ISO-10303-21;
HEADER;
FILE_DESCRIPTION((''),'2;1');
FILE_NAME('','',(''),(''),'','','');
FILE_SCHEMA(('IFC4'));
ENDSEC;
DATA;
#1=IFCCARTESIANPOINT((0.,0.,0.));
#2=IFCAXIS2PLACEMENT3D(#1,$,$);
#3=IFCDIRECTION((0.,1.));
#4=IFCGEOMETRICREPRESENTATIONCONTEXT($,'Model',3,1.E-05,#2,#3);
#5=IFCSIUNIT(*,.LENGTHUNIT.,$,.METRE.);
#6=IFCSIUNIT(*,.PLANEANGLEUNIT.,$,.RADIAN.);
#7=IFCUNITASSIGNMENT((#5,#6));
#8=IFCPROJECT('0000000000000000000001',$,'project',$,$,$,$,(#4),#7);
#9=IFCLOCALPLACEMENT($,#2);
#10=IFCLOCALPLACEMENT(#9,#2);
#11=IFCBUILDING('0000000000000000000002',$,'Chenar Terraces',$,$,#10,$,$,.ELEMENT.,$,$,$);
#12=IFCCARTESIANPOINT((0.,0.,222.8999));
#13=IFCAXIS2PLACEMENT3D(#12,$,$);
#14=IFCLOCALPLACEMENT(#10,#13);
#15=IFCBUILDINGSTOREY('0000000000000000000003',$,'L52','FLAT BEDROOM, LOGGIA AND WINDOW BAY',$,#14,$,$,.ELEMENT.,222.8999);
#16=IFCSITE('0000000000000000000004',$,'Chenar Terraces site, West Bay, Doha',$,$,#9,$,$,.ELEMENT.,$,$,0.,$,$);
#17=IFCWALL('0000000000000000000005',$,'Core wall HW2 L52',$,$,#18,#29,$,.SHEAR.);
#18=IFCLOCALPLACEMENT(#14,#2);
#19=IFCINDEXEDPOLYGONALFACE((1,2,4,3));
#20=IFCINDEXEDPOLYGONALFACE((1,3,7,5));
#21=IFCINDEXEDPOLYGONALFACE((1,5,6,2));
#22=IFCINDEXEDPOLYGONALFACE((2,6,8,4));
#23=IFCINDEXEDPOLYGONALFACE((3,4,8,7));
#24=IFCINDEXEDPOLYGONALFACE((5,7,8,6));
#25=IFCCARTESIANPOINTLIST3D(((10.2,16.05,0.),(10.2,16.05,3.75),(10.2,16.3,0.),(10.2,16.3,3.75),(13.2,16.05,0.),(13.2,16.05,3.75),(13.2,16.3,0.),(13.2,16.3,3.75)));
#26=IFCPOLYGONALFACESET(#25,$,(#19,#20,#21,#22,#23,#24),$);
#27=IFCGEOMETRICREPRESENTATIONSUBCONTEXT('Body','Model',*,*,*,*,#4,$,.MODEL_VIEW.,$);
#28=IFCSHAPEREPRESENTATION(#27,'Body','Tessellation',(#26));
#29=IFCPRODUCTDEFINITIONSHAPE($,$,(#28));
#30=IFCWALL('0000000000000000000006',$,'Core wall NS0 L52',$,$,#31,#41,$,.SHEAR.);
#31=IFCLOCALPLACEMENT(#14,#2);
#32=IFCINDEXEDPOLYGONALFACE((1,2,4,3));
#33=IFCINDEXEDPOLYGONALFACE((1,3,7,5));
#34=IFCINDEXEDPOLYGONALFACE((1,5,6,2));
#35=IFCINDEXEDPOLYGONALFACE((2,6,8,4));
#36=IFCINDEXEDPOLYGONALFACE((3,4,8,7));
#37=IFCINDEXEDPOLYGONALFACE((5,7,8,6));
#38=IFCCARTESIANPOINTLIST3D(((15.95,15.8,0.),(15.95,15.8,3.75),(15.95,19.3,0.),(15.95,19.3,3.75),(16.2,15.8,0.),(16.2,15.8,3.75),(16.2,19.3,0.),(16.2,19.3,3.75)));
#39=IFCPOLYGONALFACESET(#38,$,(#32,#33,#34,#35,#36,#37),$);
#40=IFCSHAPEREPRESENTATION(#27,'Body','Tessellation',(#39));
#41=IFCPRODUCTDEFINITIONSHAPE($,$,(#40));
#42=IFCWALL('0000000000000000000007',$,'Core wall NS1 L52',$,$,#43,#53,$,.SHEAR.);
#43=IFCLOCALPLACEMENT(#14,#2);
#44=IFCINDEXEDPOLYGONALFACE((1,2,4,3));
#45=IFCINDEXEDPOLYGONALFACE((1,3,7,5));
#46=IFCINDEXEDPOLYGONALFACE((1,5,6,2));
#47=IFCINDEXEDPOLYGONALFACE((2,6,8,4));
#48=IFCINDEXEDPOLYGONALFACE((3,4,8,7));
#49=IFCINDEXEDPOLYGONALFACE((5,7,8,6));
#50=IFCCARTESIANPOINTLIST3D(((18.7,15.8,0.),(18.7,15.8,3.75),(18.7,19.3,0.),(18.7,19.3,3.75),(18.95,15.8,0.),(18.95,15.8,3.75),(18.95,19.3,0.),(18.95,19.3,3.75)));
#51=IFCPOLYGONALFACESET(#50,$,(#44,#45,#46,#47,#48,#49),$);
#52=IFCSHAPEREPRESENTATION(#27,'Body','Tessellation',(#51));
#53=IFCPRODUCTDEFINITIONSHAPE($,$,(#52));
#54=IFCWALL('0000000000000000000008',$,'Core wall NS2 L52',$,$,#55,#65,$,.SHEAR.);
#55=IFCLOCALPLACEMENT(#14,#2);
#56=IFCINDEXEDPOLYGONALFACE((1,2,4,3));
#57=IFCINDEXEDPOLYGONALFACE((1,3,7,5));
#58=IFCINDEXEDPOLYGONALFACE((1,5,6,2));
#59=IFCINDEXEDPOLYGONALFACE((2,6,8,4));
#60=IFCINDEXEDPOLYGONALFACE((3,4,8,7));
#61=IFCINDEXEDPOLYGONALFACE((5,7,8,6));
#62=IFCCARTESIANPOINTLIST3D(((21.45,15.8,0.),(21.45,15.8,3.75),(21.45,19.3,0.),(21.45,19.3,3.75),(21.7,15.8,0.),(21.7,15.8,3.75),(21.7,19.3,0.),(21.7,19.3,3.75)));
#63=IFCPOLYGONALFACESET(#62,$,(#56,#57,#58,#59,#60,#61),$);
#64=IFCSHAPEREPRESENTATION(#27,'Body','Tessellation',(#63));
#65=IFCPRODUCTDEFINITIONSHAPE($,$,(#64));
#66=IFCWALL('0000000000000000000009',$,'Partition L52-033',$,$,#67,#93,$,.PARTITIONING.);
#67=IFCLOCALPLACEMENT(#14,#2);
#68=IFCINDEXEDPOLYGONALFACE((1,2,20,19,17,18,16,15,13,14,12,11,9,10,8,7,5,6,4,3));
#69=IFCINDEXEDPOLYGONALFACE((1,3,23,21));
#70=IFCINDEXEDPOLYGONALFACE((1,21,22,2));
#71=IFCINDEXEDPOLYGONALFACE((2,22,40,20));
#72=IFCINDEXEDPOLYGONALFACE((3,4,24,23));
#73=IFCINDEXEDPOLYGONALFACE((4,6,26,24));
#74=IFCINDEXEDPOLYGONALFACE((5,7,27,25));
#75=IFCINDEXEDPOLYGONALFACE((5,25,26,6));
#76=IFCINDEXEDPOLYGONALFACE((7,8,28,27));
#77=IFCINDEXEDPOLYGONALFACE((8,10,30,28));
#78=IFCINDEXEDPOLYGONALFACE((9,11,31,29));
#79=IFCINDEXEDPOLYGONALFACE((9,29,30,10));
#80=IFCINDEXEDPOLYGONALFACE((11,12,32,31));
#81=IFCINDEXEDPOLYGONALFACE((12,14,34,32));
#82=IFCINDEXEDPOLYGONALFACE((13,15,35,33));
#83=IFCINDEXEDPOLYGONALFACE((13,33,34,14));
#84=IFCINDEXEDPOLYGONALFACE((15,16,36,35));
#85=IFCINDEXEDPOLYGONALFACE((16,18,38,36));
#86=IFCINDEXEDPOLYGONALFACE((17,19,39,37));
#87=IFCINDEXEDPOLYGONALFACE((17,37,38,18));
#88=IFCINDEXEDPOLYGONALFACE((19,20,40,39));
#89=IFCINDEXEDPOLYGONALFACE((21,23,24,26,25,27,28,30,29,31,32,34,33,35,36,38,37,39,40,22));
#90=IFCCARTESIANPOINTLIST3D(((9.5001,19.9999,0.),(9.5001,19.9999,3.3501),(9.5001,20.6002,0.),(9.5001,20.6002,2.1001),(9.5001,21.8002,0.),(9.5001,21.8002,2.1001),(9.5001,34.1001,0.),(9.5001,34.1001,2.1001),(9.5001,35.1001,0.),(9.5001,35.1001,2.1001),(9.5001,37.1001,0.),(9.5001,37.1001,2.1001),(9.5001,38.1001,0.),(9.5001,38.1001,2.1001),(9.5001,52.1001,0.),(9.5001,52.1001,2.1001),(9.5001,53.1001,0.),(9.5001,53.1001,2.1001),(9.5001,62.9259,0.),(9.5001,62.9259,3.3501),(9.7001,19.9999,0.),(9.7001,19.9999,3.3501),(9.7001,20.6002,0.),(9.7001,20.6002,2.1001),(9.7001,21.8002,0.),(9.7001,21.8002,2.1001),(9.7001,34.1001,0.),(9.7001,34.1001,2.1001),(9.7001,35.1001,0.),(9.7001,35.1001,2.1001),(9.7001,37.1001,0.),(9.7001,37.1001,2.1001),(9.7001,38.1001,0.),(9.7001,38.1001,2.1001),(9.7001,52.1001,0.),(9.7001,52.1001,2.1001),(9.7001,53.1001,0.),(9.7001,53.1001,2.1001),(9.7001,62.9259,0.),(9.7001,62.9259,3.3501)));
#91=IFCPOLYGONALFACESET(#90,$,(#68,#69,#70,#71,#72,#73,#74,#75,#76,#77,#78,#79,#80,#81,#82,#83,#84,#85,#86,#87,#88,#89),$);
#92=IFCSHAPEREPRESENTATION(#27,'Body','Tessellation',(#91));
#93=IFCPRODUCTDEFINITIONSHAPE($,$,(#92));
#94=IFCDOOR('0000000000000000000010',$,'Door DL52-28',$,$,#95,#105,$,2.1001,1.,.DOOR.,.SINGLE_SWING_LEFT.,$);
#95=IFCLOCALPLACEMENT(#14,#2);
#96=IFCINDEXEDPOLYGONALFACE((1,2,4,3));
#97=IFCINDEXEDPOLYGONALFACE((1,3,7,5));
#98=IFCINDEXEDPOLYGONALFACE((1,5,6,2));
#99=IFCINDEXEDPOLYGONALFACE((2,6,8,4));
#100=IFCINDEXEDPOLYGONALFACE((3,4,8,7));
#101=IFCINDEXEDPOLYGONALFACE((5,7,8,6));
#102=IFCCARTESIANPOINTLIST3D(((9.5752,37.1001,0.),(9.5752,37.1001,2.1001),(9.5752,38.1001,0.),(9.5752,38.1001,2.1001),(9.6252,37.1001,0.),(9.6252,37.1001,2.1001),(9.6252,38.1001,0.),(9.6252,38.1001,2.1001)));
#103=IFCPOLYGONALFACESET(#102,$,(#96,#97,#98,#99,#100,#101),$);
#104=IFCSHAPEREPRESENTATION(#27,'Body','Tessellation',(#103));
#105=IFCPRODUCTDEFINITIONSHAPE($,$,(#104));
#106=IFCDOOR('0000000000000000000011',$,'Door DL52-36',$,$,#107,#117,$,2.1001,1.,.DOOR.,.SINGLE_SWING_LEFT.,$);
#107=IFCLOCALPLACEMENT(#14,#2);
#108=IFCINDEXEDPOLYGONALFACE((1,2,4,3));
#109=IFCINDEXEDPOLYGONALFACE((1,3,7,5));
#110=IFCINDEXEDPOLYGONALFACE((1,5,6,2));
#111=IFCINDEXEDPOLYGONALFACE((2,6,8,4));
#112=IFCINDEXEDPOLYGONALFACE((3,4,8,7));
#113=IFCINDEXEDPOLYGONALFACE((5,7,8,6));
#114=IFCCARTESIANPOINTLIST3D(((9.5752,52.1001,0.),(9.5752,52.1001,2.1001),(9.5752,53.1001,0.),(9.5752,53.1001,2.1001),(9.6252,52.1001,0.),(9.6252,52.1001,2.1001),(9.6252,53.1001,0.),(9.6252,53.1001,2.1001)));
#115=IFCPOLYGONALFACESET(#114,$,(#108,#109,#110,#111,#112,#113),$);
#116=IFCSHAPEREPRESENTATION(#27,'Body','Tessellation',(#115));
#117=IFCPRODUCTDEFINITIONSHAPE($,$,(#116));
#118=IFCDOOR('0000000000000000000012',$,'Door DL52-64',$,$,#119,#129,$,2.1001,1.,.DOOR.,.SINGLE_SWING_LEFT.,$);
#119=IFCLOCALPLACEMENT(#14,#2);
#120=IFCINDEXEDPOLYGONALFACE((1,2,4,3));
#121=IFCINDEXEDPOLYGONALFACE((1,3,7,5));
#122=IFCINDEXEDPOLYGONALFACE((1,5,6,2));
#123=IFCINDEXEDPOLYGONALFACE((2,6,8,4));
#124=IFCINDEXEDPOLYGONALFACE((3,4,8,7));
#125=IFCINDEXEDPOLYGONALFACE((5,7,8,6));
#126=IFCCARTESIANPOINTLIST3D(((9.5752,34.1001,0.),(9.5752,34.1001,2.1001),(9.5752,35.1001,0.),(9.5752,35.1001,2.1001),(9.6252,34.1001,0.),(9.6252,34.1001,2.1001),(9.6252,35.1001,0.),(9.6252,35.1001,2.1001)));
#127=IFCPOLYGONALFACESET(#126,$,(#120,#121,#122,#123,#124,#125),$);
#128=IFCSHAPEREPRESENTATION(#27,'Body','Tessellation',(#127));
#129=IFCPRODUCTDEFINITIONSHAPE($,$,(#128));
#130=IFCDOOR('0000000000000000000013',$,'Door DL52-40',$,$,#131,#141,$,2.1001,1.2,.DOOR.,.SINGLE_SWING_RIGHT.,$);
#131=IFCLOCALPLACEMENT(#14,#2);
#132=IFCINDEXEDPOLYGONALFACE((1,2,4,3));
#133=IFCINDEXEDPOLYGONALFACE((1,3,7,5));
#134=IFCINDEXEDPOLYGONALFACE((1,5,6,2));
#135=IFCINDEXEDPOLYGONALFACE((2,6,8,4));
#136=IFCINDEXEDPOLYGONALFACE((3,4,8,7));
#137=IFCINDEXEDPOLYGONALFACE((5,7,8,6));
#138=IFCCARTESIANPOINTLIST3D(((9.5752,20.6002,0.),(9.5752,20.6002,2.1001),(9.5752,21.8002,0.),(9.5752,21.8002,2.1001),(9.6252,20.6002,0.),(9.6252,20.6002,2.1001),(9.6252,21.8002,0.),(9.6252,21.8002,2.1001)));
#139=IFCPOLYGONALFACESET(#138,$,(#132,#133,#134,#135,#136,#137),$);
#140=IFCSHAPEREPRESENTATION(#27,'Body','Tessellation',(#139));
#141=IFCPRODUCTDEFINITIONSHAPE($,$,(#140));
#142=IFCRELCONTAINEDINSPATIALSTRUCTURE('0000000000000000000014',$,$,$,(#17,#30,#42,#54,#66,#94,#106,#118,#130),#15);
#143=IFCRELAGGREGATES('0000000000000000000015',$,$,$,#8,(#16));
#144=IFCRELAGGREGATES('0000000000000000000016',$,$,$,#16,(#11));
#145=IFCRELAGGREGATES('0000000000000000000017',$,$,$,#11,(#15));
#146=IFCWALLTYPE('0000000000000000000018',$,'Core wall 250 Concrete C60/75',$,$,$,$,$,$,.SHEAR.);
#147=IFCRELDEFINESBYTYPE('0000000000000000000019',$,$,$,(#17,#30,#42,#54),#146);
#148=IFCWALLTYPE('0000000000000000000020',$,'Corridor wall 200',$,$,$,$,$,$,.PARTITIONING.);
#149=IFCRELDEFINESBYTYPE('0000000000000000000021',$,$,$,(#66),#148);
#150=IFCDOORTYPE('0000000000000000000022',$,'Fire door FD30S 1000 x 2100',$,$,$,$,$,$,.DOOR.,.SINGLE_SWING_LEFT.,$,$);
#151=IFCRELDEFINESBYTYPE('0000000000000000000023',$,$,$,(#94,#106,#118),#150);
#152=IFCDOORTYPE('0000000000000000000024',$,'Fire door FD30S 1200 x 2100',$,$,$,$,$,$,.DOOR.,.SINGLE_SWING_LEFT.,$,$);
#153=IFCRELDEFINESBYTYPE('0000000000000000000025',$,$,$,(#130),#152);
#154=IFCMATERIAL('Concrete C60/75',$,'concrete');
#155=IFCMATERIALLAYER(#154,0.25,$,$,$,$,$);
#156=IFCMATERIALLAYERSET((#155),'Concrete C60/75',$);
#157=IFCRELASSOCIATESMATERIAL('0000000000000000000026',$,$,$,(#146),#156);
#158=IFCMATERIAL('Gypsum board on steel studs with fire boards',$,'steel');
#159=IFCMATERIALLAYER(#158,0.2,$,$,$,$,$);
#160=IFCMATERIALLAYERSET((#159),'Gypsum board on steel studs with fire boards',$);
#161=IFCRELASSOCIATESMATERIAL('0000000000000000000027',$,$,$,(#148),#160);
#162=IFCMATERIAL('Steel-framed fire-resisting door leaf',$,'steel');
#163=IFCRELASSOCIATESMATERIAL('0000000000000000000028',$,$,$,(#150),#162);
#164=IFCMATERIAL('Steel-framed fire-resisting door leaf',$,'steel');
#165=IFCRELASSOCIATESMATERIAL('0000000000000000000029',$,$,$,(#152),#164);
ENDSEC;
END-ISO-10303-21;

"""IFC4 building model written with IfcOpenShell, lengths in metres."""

from ifc_helpers import new_model, si_unit, direction, frame, frame_2d, origin, place, context, subcontext, project, spatial, rectangle, extrude, material, layer, layer_set, type_object, element, fill, save


model = new_model("IFC4")

# Units and contexts
model_context = context("Model", 3, precision=1e-05, world=origin(), true_north=direction((0.0, 1.0)))
body_context = subcontext(model_context, "Body", "Model", "MODEL_VIEW")
ifc_project = project(units=[si_unit("LENGTHUNIT", "METRE"), si_unit("PLANEANGLEUNIT", "RADIAN")], contexts=[model_context])

# Site, building, storey
site_placement = place(None, origin())
site = spatial("IfcSite", under=ifc_project, at=site_placement, Name="Chenar Terraces site, West Bay, Doha", CompositionType="ELEMENT", RefElevation=0.0)
building_placement = place(site_placement, origin())
building = spatial("IfcBuilding", under=site, at=building_placement, Name="Chenar Terraces", CompositionType="ELEMENT")
storey_placement = place(building_placement, frame((0.0, 0.0, 222.8999)))
storey = spatial("IfcBuildingStorey", under=building, at=storey_placement, Name="L52", Description="FLAT BEDROOM, LOGGIA AND WINDOW BAY", CompositionType="ELEMENT", Elevation=222.8999)

# Walls
ifc_material_1 = material(Name="Concrete C60/75", Category="concrete")
ifc_layer_1 = layer(ifc_material_1, 0.25)
ifc_layer_set_1 = layer_set([ifc_layer_1], Name="Concrete C60/75")
wall_type_1 = type_object("IfcWallType", Name="Core wall 250 Concrete C60/75", PredefinedType="SHEAR", material=ifc_layer_set_1)
wall_1_placement = place(storey_placement, frame((10.2, 16.175, 0.0), z_axis=(0.0, 0.0, 1.0), x_axis=(1.0, 0.0, 0.0)))
element("IfcWall", 1, at=wall_1_placement, inside=storey, type_object=wall_type_1, Name="Core wall HW2 L52", PredefinedType="SHEAR", context=body_context, shape_type="SweptSolid", body=[
    extrude(rectangle(XDim=3.0, YDim=0.25, at=frame_2d((1.5, 0.0))), origin(), (0.0, 0.0, 1.0), 3.75),
])
for number, where, z_axis, x_axis, name in (
    (2, (16.075, 15.8, 0.0), (0.0, 0.0, 1.0), (0.0, 1.0, 0.0), "Core wall NS0 L52"),
    (3, (18.825, 15.8, 0.0), (0.0, 0.0, 1.0), (0.0, 1.0, 0.0), "Core wall NS1 L52"),
    (4, (21.575, 15.8, 0.0), (0.0, 0.0, 1.0), (0.0, 1.0, 0.0), "Core wall NS2 L52"),
):
    element("IfcWall", number, at=place(storey_placement, frame(where, z_axis=z_axis, x_axis=x_axis)), inside=storey, type_object=wall_type_1, Name=name, PredefinedType="SHEAR", context=body_context, shape_type="SweptSolid", body=[
        extrude(rectangle(XDim=3.5, YDim=0.25, at=frame_2d((1.75, 0.0))), origin(), (0.0, 0.0, 1.0), 3.75),
    ])

# Wall, openings, doors
ifc_material_2 = material(Name="Gypsum board on steel studs with fire boards", Category="steel")
ifc_layer_2 = layer(ifc_material_2, 0.2)
ifc_layer_set_2 = layer_set([ifc_layer_2], Name="Gypsum board on steel studs with fire boards")
wall_type_2 = type_object("IfcWallType", Name="Corridor wall 200", PredefinedType="PARTITIONING", material=ifc_layer_set_2)
wall_2_placement = place(storey_placement, frame((9.6001, 20.0, 0.0), z_axis=(0.0, 0.0, 1.0), x_axis=(0.0, 1.0, 0.0)))
wall_2 = element("IfcWall", 5, at=wall_2_placement, inside=storey, type_object=wall_type_2, Name="Partition L52-033", PredefinedType="PARTITIONING", context=body_context, shape_type="SweptSolid", body=[
    extrude(rectangle(XDim=42.926, YDim=0.2, at=frame_2d((21.4629, 0.0))), origin(), (0.0, 0.0, 1.0), 3.3501),
])
opening_1_placement = place(wall_2_placement, frame((17.1001, 0.0, 0.0)))
opening_1 = element("IfcOpeningElement", 6, at=opening_1_placement, cuts=wall_2, PredefinedType="OPENING", context=body_context, shape_type="SweptSolid", body=[
    extrude(rectangle(XDim=1.0, YDim=2.1001, at=frame_2d((0.5, 1.05))), frame((0.0, 0.1099, 0.0), z_axis=(0.0, -1.0, 0.0), x_axis=(1.0, 0.0, 0.0)), (0.0, 0.0, 1.0), 0.22),
])
opening_2_placement = place(wall_2_placement, frame((32.1001, 0.0, 0.0)))
opening_2 = element("IfcOpeningElement", 7, at=opening_2_placement, cuts=wall_2, PredefinedType="OPENING", context=body_context, shape_type="SweptSolid", body=[
    extrude(rectangle(XDim=1.0, YDim=2.1001, at=frame_2d((0.5, 1.05))), frame((0.0, 0.1099, 0.0), z_axis=(0.0, -1.0, 0.0), x_axis=(1.0, 0.0, 0.0)), (0.0, 0.0, 1.0), 0.22),
])
opening_3_placement = place(wall_2_placement, frame((0.6001, 0.0, 0.0)))
opening_3 = element("IfcOpeningElement", 8, at=opening_3_placement, cuts=wall_2, PredefinedType="OPENING", context=body_context, shape_type="SweptSolid", body=[
    extrude(rectangle(XDim=1.2, YDim=2.1001, at=frame_2d((0.6001, 1.05))), frame((0.0, 0.1099, 0.0), z_axis=(0.0, -1.0, 0.0), x_axis=(1.0, 0.0, 0.0)), (0.0, 0.0, 1.0), 0.22),
])
opening_4_placement = place(wall_2_placement, frame((14.1001, 0.0, 0.0)))
opening_4 = element("IfcOpeningElement", 9, at=opening_4_placement, cuts=wall_2, PredefinedType="OPENING", context=body_context, shape_type="SweptSolid", body=[
    extrude(rectangle(XDim=1.0, YDim=2.1001, at=frame_2d((0.5, 1.05))), frame((0.0, 0.1099, 0.0), z_axis=(0.0, -1.0, 0.0), x_axis=(1.0, 0.0, 0.0)), (0.0, 0.0, 1.0), 0.22),
])
ifc_material_3 = material(Name="Steel-framed fire-resisting door leaf", Category="steel")
door_type_1 = type_object("IfcDoorType", Name="Fire door FD30S 1000 x 2100", OperationType="SINGLE_SWING_LEFT", PredefinedType="DOOR", material=ifc_material_3)
door_1_placement = place(opening_1_placement, origin())
door_1 = element("IfcDoor", 10, at=door_1_placement, inside=storey, type_object=door_type_1, Name="Door DL52-28", OperationType="SINGLE_SWING_LEFT", OverallHeight=2.1001, OverallWidth=1.0, PredefinedType="DOOR", context=body_context, shape_type="SweptSolid", body=[
    extrude(rectangle(XDim=1.0, YDim=2.1001, at=frame_2d((0.5, 1.05))), frame((0.0, 0.0249, 0.0), z_axis=(0.0, -1.0, 0.0), x_axis=(1.0, 0.0, 0.0)), (0.0, 0.0, 1.0), 0.05),
])
fill(opening_1, door_1)
door_2_placement = place(opening_2_placement, origin())
door_2 = element("IfcDoor", 11, at=door_2_placement, inside=storey, type_object=door_type_1, Name="Door DL52-36", OperationType="SINGLE_SWING_LEFT", OverallHeight=2.1001, OverallWidth=1.0, PredefinedType="DOOR", context=body_context, shape_type="SweptSolid", body=[
    extrude(rectangle(XDim=1.0, YDim=2.1001, at=frame_2d((0.5, 1.05))), frame((0.0, 0.0249, 0.0), z_axis=(0.0, -1.0, 0.0), x_axis=(1.0, 0.0, 0.0)), (0.0, 0.0, 1.0), 0.05),
])
fill(opening_2, door_2)
door_3_placement = place(opening_4_placement, origin())
door_3 = element("IfcDoor", 12, at=door_3_placement, inside=storey, type_object=door_type_1, Name="Door DL52-64", OperationType="SINGLE_SWING_LEFT", OverallHeight=2.1001, OverallWidth=1.0, PredefinedType="DOOR", context=body_context, shape_type="SweptSolid", body=[
    extrude(rectangle(XDim=1.0, YDim=2.1001, at=frame_2d((0.5, 1.05))), frame((0.0, 0.0249, 0.0), z_axis=(0.0, -1.0, 0.0), x_axis=(1.0, 0.0, 0.0)), (0.0, 0.0, 1.0), 0.05),
])
fill(opening_4, door_3)
ifc_material_4 = material(Name="Steel-framed fire-resisting door leaf", Category="steel")
door_type_2 = type_object("IfcDoorType", Name="Fire door FD30S 1200 x 2100", OperationType="SINGLE_SWING_LEFT", PredefinedType="DOOR", material=ifc_material_4)
door_4_placement = place(opening_3_placement, origin())
door_4 = element("IfcDoor", 13, at=door_4_placement, inside=storey, type_object=door_type_2, Name="Door DL52-40", OperationType="SINGLE_SWING_RIGHT", OverallHeight=2.1001, OverallWidth=1.2, PredefinedType="DOOR", context=body_context, shape_type="SweptSolid", body=[
    extrude(rectangle(XDim=1.2, YDim=2.1001, at=frame_2d((0.6001, 1.05))), frame((0.0, 0.0249, 0.0), z_axis=(0.0, -1.0, 0.0), x_axis=(1.0, 0.0, 0.0)), (0.0, 0.0, 1.0), 0.05),
])
fill(opening_3, door_4)

save(model, "model.ifc")
